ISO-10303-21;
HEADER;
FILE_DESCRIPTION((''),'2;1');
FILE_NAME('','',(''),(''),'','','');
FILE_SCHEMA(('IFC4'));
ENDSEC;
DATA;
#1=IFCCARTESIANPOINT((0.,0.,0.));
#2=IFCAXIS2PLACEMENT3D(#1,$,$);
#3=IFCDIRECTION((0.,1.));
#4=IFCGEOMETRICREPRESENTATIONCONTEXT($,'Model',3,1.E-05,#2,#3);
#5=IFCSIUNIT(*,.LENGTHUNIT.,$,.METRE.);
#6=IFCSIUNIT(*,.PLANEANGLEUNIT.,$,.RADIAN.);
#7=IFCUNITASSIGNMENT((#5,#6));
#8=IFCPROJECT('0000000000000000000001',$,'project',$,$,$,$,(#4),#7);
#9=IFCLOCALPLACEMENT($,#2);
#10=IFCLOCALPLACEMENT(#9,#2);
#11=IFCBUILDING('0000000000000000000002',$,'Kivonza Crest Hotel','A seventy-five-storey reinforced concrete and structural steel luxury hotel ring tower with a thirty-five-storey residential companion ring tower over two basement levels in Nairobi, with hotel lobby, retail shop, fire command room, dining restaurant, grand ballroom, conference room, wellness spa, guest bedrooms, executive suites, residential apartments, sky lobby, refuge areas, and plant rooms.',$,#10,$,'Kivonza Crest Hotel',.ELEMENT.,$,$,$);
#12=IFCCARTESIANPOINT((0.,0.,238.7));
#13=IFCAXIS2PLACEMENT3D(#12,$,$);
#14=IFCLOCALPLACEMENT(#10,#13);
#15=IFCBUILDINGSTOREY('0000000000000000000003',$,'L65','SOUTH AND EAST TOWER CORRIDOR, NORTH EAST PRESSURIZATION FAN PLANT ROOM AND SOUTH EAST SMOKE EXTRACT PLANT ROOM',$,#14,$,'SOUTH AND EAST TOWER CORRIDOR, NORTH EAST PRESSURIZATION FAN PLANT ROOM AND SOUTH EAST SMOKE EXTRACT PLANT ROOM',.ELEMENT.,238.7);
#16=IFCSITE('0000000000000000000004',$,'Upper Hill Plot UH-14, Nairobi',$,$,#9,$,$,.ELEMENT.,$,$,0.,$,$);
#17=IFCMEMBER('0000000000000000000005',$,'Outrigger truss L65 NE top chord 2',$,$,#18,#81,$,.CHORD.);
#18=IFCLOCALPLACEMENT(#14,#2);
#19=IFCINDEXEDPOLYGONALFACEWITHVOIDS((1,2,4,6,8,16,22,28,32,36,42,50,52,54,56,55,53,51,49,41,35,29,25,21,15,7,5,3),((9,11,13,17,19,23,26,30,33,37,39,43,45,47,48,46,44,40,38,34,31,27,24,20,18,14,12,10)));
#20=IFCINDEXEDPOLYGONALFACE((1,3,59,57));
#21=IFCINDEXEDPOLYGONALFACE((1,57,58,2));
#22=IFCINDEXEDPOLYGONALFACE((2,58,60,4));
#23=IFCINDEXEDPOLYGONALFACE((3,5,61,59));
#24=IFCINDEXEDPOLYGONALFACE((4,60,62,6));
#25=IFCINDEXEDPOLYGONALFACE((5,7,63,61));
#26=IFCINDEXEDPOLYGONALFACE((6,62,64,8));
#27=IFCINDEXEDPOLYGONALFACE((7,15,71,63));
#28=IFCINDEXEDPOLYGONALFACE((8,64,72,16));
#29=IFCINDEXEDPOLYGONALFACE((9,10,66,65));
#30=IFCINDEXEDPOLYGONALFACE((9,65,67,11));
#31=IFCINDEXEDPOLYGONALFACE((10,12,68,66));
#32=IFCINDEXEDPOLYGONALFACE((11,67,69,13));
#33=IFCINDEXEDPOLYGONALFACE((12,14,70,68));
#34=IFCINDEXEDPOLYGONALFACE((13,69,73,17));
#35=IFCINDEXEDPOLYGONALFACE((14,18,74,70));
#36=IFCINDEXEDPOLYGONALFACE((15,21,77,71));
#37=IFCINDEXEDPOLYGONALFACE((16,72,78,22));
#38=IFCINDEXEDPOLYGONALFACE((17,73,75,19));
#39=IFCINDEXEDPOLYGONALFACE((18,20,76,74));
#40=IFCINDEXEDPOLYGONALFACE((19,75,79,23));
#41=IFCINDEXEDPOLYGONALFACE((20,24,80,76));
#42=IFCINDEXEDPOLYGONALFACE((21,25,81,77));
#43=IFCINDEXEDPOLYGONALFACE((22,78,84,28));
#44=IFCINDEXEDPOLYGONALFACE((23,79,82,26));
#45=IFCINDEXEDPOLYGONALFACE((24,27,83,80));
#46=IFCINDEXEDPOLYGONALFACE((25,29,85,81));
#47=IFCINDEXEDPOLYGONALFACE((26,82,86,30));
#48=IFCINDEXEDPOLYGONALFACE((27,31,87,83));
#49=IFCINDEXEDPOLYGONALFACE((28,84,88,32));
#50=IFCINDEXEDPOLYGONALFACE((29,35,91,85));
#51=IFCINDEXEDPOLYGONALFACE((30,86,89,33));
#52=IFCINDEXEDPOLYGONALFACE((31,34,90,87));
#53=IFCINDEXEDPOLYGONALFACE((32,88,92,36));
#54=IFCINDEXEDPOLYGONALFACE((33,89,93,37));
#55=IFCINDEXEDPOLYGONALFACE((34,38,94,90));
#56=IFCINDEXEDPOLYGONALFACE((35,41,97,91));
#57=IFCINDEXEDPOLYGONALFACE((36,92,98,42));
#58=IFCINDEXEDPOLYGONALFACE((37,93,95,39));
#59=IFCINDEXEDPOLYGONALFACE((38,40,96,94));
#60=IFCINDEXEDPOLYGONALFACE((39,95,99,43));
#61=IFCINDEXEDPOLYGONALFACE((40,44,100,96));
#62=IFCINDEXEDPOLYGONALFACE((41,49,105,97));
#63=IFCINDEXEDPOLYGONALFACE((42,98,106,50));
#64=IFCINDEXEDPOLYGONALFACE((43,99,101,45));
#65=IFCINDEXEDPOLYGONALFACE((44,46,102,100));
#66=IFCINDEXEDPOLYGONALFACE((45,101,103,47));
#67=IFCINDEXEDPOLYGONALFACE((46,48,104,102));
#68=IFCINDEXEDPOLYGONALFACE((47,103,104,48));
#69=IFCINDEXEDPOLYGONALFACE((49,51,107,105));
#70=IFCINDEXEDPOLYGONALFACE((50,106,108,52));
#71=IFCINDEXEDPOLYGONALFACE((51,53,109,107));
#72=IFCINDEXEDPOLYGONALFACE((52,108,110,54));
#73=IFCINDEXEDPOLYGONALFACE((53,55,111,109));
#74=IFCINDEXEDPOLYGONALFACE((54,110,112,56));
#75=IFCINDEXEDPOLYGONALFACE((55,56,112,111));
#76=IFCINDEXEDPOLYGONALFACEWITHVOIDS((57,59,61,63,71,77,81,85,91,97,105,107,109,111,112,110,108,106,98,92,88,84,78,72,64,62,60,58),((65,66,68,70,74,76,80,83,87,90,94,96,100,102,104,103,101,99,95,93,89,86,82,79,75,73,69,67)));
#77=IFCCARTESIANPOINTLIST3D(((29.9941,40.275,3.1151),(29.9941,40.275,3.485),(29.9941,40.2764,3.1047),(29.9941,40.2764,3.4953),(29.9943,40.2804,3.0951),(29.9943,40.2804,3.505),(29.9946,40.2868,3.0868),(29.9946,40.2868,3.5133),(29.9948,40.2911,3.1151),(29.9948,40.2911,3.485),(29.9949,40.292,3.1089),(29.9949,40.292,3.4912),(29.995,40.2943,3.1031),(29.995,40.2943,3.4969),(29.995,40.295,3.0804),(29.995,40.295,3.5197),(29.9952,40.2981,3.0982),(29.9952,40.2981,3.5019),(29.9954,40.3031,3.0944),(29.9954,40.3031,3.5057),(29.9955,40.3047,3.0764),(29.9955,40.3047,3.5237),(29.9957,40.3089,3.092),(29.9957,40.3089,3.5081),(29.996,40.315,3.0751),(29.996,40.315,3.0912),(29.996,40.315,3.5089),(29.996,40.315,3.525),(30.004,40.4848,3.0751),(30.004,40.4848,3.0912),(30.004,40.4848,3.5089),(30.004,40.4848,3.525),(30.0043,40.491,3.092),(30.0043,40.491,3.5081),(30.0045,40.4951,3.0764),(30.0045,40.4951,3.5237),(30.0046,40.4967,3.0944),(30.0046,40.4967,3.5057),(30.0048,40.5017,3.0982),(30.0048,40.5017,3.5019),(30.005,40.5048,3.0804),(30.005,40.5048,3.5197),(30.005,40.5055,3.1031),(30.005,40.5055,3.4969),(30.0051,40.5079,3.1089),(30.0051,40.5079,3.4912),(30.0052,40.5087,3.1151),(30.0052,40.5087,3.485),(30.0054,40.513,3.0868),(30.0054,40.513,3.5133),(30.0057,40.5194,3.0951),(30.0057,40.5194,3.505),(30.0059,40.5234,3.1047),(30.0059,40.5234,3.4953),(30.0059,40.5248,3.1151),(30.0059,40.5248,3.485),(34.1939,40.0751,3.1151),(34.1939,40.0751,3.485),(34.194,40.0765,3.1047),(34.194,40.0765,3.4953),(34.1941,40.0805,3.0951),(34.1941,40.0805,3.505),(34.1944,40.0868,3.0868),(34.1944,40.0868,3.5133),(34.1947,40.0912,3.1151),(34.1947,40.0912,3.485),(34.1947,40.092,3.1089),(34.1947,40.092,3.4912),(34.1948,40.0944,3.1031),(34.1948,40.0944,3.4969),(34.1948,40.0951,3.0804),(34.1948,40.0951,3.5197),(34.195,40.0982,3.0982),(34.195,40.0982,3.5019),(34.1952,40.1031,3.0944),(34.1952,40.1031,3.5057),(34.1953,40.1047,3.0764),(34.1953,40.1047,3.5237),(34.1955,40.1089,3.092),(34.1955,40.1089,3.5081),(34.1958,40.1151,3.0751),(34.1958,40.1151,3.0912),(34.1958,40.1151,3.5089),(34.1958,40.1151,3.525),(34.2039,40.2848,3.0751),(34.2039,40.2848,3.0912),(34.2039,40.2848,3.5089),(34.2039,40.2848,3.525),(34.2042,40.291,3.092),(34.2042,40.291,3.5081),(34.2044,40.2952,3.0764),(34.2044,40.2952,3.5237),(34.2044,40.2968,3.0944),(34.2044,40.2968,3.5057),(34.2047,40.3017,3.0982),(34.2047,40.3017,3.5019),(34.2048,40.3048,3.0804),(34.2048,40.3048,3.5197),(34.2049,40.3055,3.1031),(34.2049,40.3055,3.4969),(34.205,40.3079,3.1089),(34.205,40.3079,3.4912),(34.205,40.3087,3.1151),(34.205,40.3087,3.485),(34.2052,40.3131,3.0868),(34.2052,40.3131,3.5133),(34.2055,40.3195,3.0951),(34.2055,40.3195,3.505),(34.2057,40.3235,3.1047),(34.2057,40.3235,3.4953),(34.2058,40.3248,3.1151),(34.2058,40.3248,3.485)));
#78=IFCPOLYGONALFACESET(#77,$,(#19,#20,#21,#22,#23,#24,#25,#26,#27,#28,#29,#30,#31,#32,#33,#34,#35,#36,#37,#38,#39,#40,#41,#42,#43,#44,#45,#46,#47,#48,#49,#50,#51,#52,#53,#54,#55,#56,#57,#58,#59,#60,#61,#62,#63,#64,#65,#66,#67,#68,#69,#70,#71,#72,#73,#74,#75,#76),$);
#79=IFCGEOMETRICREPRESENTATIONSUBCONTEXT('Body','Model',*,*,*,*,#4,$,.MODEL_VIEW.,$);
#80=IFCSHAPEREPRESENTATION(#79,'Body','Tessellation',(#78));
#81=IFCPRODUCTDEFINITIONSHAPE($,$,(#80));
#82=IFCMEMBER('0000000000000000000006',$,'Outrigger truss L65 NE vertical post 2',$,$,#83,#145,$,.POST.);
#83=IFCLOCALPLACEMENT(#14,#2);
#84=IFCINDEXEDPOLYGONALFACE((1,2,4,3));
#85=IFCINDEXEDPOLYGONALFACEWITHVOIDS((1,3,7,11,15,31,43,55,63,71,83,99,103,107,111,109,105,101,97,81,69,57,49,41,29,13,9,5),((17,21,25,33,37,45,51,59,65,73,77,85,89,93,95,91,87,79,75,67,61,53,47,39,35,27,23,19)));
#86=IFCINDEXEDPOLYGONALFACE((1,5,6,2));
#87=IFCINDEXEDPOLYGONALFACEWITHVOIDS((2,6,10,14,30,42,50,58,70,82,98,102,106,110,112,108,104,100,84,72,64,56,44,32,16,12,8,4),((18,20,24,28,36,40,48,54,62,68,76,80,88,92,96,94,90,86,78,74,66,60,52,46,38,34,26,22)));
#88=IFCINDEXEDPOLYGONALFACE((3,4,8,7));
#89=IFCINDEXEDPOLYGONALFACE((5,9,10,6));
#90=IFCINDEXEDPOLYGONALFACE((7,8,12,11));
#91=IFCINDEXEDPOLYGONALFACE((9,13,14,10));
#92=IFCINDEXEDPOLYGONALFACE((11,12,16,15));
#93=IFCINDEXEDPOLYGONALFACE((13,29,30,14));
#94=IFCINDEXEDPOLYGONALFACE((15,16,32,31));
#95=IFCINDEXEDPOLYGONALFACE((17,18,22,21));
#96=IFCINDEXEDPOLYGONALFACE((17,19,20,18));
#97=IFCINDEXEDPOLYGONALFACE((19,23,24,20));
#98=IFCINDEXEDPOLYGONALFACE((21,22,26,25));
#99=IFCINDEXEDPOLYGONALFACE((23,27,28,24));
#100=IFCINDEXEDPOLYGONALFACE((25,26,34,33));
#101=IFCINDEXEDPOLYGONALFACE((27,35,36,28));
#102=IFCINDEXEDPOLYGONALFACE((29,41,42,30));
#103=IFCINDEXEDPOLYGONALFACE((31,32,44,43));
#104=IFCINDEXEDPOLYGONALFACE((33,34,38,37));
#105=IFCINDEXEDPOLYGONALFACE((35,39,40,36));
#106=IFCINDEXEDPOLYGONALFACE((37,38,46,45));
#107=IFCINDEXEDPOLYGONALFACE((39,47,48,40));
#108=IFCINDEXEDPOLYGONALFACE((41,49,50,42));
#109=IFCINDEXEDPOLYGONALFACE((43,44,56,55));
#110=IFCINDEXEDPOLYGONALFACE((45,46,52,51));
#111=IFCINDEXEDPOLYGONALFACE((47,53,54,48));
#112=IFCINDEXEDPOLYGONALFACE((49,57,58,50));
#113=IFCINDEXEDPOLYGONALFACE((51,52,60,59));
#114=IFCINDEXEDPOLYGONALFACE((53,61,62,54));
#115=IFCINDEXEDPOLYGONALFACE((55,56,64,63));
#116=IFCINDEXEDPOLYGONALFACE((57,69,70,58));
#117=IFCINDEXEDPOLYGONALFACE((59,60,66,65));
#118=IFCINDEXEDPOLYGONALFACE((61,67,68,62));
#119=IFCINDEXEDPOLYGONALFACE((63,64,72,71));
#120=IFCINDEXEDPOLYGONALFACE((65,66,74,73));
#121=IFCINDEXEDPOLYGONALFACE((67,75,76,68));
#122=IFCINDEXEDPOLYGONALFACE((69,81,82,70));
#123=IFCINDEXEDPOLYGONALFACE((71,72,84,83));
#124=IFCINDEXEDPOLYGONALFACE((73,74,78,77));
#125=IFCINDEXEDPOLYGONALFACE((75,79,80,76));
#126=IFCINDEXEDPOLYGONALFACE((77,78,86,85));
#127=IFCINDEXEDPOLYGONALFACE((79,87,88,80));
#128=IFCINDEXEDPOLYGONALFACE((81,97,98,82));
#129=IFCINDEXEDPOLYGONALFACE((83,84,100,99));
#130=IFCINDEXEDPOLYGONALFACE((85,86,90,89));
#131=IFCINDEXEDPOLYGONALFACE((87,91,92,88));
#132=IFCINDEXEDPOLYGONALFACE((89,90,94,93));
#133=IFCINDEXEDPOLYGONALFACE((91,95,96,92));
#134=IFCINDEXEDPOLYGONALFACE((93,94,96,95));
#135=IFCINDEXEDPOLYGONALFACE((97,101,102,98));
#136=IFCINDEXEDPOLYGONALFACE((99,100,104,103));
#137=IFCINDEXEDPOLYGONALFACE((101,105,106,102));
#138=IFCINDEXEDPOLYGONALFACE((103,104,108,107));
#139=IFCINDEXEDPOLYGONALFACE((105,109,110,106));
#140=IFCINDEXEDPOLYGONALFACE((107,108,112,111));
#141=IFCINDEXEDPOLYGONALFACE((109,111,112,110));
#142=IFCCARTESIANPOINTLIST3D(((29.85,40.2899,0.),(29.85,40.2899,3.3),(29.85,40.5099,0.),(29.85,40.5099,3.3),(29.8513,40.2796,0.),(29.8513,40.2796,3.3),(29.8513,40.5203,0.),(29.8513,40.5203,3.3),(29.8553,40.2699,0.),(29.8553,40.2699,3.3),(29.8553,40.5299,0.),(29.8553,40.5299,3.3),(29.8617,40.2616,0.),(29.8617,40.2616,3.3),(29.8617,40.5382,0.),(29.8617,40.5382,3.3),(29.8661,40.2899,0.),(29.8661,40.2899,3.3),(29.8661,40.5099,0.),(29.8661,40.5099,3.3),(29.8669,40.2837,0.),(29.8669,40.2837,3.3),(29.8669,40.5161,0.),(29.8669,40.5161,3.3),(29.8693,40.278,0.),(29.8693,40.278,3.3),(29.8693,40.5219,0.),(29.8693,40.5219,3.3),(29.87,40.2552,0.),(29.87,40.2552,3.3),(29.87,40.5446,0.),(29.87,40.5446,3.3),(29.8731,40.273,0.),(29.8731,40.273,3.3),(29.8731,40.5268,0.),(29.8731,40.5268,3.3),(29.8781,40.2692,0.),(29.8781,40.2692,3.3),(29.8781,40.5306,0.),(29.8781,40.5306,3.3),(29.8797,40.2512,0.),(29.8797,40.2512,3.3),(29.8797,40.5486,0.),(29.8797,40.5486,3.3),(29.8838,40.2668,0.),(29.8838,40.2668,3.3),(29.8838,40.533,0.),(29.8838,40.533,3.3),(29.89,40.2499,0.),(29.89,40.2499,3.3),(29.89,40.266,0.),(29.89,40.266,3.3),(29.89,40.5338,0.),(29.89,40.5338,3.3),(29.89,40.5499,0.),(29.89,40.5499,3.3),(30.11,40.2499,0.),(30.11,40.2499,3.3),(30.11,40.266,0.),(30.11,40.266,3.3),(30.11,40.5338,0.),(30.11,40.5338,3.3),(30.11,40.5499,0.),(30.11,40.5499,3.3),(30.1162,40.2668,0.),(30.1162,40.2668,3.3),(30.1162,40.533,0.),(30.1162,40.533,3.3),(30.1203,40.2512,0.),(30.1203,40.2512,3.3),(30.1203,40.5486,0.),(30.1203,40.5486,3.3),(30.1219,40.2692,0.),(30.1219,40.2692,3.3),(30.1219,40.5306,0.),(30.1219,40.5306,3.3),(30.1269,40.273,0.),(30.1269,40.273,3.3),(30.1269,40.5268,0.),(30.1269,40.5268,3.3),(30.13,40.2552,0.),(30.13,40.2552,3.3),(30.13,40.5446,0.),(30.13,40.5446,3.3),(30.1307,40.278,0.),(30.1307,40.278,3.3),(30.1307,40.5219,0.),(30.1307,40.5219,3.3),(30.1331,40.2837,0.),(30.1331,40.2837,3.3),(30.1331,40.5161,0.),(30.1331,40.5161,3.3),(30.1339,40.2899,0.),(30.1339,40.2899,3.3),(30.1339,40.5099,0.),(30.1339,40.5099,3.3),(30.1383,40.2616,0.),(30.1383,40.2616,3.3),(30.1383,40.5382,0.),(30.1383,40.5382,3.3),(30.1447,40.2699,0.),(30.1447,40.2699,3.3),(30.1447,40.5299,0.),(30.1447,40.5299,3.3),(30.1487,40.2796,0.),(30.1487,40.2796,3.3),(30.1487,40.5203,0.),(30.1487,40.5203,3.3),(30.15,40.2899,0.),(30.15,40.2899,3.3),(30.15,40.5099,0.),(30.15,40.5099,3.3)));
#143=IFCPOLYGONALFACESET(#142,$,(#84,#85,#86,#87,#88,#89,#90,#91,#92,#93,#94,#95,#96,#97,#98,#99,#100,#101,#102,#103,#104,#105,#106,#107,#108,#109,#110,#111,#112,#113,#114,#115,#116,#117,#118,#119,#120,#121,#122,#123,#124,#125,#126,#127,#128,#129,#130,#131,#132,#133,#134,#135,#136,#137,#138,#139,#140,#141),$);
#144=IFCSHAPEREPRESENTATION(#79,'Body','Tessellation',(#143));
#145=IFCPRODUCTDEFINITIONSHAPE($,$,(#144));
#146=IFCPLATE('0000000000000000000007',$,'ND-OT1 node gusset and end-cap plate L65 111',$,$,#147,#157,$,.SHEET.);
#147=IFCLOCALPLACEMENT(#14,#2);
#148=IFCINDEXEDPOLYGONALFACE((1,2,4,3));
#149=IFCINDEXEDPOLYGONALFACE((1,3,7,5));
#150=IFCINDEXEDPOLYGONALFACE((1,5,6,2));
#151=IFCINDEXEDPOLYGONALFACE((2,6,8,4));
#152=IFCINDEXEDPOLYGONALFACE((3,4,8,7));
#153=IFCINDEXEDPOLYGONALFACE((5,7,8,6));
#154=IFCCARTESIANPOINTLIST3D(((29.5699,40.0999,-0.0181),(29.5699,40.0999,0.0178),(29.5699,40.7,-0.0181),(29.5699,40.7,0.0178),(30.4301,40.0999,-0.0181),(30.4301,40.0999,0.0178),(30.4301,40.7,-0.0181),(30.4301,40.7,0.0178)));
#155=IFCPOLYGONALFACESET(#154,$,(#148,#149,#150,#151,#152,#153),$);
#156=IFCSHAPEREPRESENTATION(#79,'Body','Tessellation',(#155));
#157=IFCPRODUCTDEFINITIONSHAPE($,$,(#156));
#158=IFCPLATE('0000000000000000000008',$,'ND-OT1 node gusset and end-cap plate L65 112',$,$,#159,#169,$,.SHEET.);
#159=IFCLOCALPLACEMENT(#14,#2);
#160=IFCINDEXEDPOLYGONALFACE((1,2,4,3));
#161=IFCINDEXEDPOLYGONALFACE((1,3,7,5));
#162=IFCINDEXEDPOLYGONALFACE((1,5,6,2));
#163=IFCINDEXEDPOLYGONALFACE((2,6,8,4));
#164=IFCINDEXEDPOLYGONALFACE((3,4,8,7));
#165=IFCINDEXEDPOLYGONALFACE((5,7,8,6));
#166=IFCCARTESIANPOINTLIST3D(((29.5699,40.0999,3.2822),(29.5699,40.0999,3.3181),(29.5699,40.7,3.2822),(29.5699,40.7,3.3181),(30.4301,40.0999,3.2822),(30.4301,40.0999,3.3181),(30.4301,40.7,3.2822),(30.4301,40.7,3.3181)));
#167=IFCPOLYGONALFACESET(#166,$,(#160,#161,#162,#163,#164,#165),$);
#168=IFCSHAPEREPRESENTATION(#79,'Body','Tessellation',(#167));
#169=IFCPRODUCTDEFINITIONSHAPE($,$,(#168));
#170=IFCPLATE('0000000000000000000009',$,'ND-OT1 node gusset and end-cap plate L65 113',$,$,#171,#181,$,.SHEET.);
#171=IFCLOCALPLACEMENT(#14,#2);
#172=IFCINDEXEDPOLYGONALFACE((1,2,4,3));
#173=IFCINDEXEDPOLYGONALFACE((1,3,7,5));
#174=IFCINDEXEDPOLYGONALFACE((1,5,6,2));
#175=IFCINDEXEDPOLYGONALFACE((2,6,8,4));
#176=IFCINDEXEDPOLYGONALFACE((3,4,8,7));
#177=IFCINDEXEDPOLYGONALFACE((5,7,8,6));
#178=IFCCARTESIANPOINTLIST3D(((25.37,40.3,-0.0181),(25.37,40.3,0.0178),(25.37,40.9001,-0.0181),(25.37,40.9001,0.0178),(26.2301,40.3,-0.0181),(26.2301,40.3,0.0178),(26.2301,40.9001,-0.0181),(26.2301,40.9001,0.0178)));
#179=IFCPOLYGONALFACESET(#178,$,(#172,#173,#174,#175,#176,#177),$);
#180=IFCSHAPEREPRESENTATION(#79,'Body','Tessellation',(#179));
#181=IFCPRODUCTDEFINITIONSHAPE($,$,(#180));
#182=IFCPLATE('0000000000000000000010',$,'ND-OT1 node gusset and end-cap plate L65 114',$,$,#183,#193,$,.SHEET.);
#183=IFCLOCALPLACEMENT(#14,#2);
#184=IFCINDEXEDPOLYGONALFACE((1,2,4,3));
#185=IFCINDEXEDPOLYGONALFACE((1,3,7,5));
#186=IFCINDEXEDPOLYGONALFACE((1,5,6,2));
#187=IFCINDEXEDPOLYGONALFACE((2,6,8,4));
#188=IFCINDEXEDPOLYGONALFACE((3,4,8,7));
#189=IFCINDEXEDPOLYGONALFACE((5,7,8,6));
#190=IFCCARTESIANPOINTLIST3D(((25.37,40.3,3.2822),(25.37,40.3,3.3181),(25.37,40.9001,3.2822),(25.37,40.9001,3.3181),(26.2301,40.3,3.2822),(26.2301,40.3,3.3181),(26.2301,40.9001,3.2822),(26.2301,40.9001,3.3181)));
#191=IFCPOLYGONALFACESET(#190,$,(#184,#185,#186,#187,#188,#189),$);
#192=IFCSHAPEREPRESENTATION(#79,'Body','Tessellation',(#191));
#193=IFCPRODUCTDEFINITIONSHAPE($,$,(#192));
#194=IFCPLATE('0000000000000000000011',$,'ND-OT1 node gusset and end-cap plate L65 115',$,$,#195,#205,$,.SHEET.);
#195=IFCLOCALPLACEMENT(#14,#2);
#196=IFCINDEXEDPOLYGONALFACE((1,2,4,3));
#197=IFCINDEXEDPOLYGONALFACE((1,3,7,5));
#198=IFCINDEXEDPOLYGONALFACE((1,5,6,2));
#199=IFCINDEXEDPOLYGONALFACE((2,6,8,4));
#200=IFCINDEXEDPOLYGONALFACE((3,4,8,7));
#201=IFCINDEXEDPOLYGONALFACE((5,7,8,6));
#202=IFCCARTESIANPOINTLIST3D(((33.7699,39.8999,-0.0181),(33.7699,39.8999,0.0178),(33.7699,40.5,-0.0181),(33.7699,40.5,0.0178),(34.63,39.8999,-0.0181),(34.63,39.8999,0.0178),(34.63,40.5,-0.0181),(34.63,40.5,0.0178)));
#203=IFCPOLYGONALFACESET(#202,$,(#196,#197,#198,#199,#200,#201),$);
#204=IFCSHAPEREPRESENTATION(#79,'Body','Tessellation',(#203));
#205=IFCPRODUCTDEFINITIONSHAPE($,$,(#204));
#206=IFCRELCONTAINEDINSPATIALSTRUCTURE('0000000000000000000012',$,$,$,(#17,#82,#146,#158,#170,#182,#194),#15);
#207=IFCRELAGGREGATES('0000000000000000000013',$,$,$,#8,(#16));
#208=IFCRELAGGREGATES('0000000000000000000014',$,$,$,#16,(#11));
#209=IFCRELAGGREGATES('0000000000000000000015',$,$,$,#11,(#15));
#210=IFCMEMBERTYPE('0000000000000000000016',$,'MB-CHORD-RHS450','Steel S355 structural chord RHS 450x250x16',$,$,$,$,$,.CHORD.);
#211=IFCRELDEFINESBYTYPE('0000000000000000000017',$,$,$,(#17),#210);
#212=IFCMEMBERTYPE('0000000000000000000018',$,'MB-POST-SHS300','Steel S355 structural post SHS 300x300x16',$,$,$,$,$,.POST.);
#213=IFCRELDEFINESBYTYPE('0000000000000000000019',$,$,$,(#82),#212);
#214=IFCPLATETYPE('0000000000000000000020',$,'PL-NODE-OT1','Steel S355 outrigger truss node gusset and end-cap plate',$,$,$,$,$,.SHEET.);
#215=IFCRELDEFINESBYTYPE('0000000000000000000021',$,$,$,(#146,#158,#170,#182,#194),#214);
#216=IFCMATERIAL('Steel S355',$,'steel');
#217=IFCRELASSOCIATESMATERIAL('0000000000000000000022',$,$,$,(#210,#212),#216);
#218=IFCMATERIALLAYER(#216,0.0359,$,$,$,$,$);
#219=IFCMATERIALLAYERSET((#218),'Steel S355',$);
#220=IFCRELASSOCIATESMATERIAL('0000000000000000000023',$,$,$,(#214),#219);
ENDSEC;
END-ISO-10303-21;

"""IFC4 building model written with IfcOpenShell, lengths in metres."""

from ifc_helpers import new_model, si_unit, direction, frame, origin, origin_2d, place, context, subcontext, project, spatial, rectangle, hollow_rectangle, extrude, material, layer, layer_set, material_profile, profile_set, type_object, element, save


model = new_model("IFC4")

# Units and contexts
model_context = context("Model", 3, precision=1e-05, world=origin(), true_north=direction((0.0, 1.0)))
body_context = subcontext(model_context, "Body", "Model", "MODEL_VIEW")
ifc_project = project(units=[si_unit("LENGTHUNIT", "METRE"), si_unit("PLANEANGLEUNIT", "RADIAN")], contexts=[model_context])

# Site, building, storey
site_placement = place(None, origin())
site = spatial("IfcSite", under=ifc_project, at=site_placement, Name="Upper Hill Plot UH-14, Nairobi", CompositionType="ELEMENT", RefElevation=0.0)
building_placement = place(site_placement, origin())
building = spatial("IfcBuilding", under=site, at=building_placement, Name="Kivonza Crest Hotel", Description="A seventy-five-storey reinforced concrete and structural steel luxury hotel ring tower with a thirty-five-storey residential companion ring tower over two basement levels in Nairobi, with hotel lobby, retail shop, fire command room, dining restaurant, grand ballroom, conference room, wellness spa, guest bedrooms, executive suites, residential apartments, sky lobby, refuge areas, and plant rooms.", LongName="Kivonza Crest Hotel", CompositionType="ELEMENT")
storey_placement = place(building_placement, frame((0.0, 0.0, 238.7)))
storey = spatial("IfcBuildingStorey", under=building, at=storey_placement, Name="L65", Description="SOUTH AND EAST TOWER CORRIDOR, NORTH EAST PRESSURIZATION FAN PLANT ROOM AND SOUTH EAST SMOKE EXTRACT PLANT ROOM", LongName="SOUTH AND EAST TOWER CORRIDOR, NORTH EAST PRESSURIZATION FAN PLANT ROOM AND SOUTH EAST SMOKE EXTRACT PLANT ROOM", CompositionType="ELEMENT", Elevation=238.7)

# Shared definitions
ifc_material_1 = material(Name="Steel S355", Category="steel")

# Members
ifc_material_profile_1 = material_profile(ifc_material_1, hollow_rectangle(XDim=0.25, YDim=0.45, WallThickness=0.0161, InnerFilletRadius=0.0239, OuterFilletRadius=0.04, at=origin_2d()), Name="RHS 450x250x16")
ifc_profile_set_1 = profile_set([ifc_material_profile_1], Name="Steel S355")
member_type_1 = type_object("IfcMemberType", Name="MB-CHORD-RHS450", Description="Steel S355 structural chord RHS 450x250x16", PredefinedType="CHORD", material=ifc_profile_set_1)
for number, where, z_axis, x_axis, name in (
    (1, (30.0, 40.3999, 3.3), (0.998869, -0.047554, 0.0), (0.047554, 0.998869, 0.0), "Outrigger truss L65 NE top chord 2"),
):
    element("IfcMember", number, at=place(storey_placement, frame(where, z_axis=z_axis, x_axis=x_axis)), inside=storey, type_object=member_type_1, Name=name, PredefinedType="CHORD", context=body_context, shape_type="SweptSolid", body=[
        extrude(hollow_rectangle(XDim=0.25, YDim=0.45, WallThickness=0.0161, InnerFilletRadius=0.0239, OuterFilletRadius=0.04, at=origin_2d()), origin(), (0.0, 0.0, 1.0), 4.2046),
    ])
ifc_material_profile_2 = material_profile(ifc_material_1, hollow_rectangle(XDim=0.3, YDim=0.3, WallThickness=0.0161, InnerFilletRadius=0.0239, OuterFilletRadius=0.04, at=origin_2d()), Name="SHS 300x300x16")
ifc_profile_set_2 = profile_set([ifc_material_profile_2], Name="Steel S355")
member_type_2 = type_object("IfcMemberType", Name="MB-POST-SHS300", Description="Steel S355 structural post SHS 300x300x16", PredefinedType="POST", material=ifc_profile_set_2)
member_placement = place(storey_placement, frame((30.0, 40.3999, 0.0), z_axis=(0.0, 0.0, 1.0), x_axis=(1.0, 0.0, 0.0)))
element("IfcMember", 2, at=member_placement, inside=storey, type_object=member_type_2, Name="Outrigger truss L65 NE vertical post 2", PredefinedType="POST", context=body_context, shape_type="SweptSolid", body=[
    extrude(hollow_rectangle(XDim=0.3, YDim=0.3, WallThickness=0.0161, InnerFilletRadius=0.0239, OuterFilletRadius=0.04, at=origin_2d()), origin(), (0.0, 0.0, 1.0), 3.3),
])

# Plates
ifc_layer_1 = layer(ifc_material_1, 0.0359)
ifc_layer_set_1 = layer_set([ifc_layer_1], Name="Steel S355")
plate_type = type_object("IfcPlateType", Name="PL-NODE-OT1", Description="Steel S355 outrigger truss node gusset and end-cap plate", PredefinedType="SHEET", material=ifc_layer_set_1)
for number, where, z_axis, x_axis, name in (
    (3, (30.0, 40.3999, -0.0181), (0.0, 0.0, 1.0), (1.0, 0.0, 0.0), "ND-OT1 node gusset and end-cap plate L65 111"),
    (4, (30.0, 40.3999, 3.2822), (0.0, 0.0, 1.0), (1.0, 0.0, 0.0), "ND-OT1 node gusset and end-cap plate L65 112"),
    (5, (25.8, 40.6001, -0.0181), (0.0, 0.0, 1.0), (1.0, 0.0, 0.0), "ND-OT1 node gusset and end-cap plate L65 113"),
    (6, (25.8, 40.6001, 3.2822), (0.0, 0.0, 1.0), (1.0, 0.0, 0.0), "ND-OT1 node gusset and end-cap plate L65 114"),
    (7, (34.2, 40.2, -0.0181), (0.0, 0.0, 1.0), (1.0, 0.0, 0.0), "ND-OT1 node gusset and end-cap plate L65 115"),
):
    element("IfcPlate", number, at=place(storey_placement, frame(where, z_axis=z_axis, x_axis=x_axis)), inside=storey, type_object=plate_type, Name=name, PredefinedType="SHEET", context=body_context, shape_type="SweptSolid", body=[
        extrude(rectangle(XDim=0.8601, YDim=0.6001, at=origin_2d()), origin(), (0.0, 0.0, 1.0), 0.0359),
    ])

save(model, "model.ifc")
